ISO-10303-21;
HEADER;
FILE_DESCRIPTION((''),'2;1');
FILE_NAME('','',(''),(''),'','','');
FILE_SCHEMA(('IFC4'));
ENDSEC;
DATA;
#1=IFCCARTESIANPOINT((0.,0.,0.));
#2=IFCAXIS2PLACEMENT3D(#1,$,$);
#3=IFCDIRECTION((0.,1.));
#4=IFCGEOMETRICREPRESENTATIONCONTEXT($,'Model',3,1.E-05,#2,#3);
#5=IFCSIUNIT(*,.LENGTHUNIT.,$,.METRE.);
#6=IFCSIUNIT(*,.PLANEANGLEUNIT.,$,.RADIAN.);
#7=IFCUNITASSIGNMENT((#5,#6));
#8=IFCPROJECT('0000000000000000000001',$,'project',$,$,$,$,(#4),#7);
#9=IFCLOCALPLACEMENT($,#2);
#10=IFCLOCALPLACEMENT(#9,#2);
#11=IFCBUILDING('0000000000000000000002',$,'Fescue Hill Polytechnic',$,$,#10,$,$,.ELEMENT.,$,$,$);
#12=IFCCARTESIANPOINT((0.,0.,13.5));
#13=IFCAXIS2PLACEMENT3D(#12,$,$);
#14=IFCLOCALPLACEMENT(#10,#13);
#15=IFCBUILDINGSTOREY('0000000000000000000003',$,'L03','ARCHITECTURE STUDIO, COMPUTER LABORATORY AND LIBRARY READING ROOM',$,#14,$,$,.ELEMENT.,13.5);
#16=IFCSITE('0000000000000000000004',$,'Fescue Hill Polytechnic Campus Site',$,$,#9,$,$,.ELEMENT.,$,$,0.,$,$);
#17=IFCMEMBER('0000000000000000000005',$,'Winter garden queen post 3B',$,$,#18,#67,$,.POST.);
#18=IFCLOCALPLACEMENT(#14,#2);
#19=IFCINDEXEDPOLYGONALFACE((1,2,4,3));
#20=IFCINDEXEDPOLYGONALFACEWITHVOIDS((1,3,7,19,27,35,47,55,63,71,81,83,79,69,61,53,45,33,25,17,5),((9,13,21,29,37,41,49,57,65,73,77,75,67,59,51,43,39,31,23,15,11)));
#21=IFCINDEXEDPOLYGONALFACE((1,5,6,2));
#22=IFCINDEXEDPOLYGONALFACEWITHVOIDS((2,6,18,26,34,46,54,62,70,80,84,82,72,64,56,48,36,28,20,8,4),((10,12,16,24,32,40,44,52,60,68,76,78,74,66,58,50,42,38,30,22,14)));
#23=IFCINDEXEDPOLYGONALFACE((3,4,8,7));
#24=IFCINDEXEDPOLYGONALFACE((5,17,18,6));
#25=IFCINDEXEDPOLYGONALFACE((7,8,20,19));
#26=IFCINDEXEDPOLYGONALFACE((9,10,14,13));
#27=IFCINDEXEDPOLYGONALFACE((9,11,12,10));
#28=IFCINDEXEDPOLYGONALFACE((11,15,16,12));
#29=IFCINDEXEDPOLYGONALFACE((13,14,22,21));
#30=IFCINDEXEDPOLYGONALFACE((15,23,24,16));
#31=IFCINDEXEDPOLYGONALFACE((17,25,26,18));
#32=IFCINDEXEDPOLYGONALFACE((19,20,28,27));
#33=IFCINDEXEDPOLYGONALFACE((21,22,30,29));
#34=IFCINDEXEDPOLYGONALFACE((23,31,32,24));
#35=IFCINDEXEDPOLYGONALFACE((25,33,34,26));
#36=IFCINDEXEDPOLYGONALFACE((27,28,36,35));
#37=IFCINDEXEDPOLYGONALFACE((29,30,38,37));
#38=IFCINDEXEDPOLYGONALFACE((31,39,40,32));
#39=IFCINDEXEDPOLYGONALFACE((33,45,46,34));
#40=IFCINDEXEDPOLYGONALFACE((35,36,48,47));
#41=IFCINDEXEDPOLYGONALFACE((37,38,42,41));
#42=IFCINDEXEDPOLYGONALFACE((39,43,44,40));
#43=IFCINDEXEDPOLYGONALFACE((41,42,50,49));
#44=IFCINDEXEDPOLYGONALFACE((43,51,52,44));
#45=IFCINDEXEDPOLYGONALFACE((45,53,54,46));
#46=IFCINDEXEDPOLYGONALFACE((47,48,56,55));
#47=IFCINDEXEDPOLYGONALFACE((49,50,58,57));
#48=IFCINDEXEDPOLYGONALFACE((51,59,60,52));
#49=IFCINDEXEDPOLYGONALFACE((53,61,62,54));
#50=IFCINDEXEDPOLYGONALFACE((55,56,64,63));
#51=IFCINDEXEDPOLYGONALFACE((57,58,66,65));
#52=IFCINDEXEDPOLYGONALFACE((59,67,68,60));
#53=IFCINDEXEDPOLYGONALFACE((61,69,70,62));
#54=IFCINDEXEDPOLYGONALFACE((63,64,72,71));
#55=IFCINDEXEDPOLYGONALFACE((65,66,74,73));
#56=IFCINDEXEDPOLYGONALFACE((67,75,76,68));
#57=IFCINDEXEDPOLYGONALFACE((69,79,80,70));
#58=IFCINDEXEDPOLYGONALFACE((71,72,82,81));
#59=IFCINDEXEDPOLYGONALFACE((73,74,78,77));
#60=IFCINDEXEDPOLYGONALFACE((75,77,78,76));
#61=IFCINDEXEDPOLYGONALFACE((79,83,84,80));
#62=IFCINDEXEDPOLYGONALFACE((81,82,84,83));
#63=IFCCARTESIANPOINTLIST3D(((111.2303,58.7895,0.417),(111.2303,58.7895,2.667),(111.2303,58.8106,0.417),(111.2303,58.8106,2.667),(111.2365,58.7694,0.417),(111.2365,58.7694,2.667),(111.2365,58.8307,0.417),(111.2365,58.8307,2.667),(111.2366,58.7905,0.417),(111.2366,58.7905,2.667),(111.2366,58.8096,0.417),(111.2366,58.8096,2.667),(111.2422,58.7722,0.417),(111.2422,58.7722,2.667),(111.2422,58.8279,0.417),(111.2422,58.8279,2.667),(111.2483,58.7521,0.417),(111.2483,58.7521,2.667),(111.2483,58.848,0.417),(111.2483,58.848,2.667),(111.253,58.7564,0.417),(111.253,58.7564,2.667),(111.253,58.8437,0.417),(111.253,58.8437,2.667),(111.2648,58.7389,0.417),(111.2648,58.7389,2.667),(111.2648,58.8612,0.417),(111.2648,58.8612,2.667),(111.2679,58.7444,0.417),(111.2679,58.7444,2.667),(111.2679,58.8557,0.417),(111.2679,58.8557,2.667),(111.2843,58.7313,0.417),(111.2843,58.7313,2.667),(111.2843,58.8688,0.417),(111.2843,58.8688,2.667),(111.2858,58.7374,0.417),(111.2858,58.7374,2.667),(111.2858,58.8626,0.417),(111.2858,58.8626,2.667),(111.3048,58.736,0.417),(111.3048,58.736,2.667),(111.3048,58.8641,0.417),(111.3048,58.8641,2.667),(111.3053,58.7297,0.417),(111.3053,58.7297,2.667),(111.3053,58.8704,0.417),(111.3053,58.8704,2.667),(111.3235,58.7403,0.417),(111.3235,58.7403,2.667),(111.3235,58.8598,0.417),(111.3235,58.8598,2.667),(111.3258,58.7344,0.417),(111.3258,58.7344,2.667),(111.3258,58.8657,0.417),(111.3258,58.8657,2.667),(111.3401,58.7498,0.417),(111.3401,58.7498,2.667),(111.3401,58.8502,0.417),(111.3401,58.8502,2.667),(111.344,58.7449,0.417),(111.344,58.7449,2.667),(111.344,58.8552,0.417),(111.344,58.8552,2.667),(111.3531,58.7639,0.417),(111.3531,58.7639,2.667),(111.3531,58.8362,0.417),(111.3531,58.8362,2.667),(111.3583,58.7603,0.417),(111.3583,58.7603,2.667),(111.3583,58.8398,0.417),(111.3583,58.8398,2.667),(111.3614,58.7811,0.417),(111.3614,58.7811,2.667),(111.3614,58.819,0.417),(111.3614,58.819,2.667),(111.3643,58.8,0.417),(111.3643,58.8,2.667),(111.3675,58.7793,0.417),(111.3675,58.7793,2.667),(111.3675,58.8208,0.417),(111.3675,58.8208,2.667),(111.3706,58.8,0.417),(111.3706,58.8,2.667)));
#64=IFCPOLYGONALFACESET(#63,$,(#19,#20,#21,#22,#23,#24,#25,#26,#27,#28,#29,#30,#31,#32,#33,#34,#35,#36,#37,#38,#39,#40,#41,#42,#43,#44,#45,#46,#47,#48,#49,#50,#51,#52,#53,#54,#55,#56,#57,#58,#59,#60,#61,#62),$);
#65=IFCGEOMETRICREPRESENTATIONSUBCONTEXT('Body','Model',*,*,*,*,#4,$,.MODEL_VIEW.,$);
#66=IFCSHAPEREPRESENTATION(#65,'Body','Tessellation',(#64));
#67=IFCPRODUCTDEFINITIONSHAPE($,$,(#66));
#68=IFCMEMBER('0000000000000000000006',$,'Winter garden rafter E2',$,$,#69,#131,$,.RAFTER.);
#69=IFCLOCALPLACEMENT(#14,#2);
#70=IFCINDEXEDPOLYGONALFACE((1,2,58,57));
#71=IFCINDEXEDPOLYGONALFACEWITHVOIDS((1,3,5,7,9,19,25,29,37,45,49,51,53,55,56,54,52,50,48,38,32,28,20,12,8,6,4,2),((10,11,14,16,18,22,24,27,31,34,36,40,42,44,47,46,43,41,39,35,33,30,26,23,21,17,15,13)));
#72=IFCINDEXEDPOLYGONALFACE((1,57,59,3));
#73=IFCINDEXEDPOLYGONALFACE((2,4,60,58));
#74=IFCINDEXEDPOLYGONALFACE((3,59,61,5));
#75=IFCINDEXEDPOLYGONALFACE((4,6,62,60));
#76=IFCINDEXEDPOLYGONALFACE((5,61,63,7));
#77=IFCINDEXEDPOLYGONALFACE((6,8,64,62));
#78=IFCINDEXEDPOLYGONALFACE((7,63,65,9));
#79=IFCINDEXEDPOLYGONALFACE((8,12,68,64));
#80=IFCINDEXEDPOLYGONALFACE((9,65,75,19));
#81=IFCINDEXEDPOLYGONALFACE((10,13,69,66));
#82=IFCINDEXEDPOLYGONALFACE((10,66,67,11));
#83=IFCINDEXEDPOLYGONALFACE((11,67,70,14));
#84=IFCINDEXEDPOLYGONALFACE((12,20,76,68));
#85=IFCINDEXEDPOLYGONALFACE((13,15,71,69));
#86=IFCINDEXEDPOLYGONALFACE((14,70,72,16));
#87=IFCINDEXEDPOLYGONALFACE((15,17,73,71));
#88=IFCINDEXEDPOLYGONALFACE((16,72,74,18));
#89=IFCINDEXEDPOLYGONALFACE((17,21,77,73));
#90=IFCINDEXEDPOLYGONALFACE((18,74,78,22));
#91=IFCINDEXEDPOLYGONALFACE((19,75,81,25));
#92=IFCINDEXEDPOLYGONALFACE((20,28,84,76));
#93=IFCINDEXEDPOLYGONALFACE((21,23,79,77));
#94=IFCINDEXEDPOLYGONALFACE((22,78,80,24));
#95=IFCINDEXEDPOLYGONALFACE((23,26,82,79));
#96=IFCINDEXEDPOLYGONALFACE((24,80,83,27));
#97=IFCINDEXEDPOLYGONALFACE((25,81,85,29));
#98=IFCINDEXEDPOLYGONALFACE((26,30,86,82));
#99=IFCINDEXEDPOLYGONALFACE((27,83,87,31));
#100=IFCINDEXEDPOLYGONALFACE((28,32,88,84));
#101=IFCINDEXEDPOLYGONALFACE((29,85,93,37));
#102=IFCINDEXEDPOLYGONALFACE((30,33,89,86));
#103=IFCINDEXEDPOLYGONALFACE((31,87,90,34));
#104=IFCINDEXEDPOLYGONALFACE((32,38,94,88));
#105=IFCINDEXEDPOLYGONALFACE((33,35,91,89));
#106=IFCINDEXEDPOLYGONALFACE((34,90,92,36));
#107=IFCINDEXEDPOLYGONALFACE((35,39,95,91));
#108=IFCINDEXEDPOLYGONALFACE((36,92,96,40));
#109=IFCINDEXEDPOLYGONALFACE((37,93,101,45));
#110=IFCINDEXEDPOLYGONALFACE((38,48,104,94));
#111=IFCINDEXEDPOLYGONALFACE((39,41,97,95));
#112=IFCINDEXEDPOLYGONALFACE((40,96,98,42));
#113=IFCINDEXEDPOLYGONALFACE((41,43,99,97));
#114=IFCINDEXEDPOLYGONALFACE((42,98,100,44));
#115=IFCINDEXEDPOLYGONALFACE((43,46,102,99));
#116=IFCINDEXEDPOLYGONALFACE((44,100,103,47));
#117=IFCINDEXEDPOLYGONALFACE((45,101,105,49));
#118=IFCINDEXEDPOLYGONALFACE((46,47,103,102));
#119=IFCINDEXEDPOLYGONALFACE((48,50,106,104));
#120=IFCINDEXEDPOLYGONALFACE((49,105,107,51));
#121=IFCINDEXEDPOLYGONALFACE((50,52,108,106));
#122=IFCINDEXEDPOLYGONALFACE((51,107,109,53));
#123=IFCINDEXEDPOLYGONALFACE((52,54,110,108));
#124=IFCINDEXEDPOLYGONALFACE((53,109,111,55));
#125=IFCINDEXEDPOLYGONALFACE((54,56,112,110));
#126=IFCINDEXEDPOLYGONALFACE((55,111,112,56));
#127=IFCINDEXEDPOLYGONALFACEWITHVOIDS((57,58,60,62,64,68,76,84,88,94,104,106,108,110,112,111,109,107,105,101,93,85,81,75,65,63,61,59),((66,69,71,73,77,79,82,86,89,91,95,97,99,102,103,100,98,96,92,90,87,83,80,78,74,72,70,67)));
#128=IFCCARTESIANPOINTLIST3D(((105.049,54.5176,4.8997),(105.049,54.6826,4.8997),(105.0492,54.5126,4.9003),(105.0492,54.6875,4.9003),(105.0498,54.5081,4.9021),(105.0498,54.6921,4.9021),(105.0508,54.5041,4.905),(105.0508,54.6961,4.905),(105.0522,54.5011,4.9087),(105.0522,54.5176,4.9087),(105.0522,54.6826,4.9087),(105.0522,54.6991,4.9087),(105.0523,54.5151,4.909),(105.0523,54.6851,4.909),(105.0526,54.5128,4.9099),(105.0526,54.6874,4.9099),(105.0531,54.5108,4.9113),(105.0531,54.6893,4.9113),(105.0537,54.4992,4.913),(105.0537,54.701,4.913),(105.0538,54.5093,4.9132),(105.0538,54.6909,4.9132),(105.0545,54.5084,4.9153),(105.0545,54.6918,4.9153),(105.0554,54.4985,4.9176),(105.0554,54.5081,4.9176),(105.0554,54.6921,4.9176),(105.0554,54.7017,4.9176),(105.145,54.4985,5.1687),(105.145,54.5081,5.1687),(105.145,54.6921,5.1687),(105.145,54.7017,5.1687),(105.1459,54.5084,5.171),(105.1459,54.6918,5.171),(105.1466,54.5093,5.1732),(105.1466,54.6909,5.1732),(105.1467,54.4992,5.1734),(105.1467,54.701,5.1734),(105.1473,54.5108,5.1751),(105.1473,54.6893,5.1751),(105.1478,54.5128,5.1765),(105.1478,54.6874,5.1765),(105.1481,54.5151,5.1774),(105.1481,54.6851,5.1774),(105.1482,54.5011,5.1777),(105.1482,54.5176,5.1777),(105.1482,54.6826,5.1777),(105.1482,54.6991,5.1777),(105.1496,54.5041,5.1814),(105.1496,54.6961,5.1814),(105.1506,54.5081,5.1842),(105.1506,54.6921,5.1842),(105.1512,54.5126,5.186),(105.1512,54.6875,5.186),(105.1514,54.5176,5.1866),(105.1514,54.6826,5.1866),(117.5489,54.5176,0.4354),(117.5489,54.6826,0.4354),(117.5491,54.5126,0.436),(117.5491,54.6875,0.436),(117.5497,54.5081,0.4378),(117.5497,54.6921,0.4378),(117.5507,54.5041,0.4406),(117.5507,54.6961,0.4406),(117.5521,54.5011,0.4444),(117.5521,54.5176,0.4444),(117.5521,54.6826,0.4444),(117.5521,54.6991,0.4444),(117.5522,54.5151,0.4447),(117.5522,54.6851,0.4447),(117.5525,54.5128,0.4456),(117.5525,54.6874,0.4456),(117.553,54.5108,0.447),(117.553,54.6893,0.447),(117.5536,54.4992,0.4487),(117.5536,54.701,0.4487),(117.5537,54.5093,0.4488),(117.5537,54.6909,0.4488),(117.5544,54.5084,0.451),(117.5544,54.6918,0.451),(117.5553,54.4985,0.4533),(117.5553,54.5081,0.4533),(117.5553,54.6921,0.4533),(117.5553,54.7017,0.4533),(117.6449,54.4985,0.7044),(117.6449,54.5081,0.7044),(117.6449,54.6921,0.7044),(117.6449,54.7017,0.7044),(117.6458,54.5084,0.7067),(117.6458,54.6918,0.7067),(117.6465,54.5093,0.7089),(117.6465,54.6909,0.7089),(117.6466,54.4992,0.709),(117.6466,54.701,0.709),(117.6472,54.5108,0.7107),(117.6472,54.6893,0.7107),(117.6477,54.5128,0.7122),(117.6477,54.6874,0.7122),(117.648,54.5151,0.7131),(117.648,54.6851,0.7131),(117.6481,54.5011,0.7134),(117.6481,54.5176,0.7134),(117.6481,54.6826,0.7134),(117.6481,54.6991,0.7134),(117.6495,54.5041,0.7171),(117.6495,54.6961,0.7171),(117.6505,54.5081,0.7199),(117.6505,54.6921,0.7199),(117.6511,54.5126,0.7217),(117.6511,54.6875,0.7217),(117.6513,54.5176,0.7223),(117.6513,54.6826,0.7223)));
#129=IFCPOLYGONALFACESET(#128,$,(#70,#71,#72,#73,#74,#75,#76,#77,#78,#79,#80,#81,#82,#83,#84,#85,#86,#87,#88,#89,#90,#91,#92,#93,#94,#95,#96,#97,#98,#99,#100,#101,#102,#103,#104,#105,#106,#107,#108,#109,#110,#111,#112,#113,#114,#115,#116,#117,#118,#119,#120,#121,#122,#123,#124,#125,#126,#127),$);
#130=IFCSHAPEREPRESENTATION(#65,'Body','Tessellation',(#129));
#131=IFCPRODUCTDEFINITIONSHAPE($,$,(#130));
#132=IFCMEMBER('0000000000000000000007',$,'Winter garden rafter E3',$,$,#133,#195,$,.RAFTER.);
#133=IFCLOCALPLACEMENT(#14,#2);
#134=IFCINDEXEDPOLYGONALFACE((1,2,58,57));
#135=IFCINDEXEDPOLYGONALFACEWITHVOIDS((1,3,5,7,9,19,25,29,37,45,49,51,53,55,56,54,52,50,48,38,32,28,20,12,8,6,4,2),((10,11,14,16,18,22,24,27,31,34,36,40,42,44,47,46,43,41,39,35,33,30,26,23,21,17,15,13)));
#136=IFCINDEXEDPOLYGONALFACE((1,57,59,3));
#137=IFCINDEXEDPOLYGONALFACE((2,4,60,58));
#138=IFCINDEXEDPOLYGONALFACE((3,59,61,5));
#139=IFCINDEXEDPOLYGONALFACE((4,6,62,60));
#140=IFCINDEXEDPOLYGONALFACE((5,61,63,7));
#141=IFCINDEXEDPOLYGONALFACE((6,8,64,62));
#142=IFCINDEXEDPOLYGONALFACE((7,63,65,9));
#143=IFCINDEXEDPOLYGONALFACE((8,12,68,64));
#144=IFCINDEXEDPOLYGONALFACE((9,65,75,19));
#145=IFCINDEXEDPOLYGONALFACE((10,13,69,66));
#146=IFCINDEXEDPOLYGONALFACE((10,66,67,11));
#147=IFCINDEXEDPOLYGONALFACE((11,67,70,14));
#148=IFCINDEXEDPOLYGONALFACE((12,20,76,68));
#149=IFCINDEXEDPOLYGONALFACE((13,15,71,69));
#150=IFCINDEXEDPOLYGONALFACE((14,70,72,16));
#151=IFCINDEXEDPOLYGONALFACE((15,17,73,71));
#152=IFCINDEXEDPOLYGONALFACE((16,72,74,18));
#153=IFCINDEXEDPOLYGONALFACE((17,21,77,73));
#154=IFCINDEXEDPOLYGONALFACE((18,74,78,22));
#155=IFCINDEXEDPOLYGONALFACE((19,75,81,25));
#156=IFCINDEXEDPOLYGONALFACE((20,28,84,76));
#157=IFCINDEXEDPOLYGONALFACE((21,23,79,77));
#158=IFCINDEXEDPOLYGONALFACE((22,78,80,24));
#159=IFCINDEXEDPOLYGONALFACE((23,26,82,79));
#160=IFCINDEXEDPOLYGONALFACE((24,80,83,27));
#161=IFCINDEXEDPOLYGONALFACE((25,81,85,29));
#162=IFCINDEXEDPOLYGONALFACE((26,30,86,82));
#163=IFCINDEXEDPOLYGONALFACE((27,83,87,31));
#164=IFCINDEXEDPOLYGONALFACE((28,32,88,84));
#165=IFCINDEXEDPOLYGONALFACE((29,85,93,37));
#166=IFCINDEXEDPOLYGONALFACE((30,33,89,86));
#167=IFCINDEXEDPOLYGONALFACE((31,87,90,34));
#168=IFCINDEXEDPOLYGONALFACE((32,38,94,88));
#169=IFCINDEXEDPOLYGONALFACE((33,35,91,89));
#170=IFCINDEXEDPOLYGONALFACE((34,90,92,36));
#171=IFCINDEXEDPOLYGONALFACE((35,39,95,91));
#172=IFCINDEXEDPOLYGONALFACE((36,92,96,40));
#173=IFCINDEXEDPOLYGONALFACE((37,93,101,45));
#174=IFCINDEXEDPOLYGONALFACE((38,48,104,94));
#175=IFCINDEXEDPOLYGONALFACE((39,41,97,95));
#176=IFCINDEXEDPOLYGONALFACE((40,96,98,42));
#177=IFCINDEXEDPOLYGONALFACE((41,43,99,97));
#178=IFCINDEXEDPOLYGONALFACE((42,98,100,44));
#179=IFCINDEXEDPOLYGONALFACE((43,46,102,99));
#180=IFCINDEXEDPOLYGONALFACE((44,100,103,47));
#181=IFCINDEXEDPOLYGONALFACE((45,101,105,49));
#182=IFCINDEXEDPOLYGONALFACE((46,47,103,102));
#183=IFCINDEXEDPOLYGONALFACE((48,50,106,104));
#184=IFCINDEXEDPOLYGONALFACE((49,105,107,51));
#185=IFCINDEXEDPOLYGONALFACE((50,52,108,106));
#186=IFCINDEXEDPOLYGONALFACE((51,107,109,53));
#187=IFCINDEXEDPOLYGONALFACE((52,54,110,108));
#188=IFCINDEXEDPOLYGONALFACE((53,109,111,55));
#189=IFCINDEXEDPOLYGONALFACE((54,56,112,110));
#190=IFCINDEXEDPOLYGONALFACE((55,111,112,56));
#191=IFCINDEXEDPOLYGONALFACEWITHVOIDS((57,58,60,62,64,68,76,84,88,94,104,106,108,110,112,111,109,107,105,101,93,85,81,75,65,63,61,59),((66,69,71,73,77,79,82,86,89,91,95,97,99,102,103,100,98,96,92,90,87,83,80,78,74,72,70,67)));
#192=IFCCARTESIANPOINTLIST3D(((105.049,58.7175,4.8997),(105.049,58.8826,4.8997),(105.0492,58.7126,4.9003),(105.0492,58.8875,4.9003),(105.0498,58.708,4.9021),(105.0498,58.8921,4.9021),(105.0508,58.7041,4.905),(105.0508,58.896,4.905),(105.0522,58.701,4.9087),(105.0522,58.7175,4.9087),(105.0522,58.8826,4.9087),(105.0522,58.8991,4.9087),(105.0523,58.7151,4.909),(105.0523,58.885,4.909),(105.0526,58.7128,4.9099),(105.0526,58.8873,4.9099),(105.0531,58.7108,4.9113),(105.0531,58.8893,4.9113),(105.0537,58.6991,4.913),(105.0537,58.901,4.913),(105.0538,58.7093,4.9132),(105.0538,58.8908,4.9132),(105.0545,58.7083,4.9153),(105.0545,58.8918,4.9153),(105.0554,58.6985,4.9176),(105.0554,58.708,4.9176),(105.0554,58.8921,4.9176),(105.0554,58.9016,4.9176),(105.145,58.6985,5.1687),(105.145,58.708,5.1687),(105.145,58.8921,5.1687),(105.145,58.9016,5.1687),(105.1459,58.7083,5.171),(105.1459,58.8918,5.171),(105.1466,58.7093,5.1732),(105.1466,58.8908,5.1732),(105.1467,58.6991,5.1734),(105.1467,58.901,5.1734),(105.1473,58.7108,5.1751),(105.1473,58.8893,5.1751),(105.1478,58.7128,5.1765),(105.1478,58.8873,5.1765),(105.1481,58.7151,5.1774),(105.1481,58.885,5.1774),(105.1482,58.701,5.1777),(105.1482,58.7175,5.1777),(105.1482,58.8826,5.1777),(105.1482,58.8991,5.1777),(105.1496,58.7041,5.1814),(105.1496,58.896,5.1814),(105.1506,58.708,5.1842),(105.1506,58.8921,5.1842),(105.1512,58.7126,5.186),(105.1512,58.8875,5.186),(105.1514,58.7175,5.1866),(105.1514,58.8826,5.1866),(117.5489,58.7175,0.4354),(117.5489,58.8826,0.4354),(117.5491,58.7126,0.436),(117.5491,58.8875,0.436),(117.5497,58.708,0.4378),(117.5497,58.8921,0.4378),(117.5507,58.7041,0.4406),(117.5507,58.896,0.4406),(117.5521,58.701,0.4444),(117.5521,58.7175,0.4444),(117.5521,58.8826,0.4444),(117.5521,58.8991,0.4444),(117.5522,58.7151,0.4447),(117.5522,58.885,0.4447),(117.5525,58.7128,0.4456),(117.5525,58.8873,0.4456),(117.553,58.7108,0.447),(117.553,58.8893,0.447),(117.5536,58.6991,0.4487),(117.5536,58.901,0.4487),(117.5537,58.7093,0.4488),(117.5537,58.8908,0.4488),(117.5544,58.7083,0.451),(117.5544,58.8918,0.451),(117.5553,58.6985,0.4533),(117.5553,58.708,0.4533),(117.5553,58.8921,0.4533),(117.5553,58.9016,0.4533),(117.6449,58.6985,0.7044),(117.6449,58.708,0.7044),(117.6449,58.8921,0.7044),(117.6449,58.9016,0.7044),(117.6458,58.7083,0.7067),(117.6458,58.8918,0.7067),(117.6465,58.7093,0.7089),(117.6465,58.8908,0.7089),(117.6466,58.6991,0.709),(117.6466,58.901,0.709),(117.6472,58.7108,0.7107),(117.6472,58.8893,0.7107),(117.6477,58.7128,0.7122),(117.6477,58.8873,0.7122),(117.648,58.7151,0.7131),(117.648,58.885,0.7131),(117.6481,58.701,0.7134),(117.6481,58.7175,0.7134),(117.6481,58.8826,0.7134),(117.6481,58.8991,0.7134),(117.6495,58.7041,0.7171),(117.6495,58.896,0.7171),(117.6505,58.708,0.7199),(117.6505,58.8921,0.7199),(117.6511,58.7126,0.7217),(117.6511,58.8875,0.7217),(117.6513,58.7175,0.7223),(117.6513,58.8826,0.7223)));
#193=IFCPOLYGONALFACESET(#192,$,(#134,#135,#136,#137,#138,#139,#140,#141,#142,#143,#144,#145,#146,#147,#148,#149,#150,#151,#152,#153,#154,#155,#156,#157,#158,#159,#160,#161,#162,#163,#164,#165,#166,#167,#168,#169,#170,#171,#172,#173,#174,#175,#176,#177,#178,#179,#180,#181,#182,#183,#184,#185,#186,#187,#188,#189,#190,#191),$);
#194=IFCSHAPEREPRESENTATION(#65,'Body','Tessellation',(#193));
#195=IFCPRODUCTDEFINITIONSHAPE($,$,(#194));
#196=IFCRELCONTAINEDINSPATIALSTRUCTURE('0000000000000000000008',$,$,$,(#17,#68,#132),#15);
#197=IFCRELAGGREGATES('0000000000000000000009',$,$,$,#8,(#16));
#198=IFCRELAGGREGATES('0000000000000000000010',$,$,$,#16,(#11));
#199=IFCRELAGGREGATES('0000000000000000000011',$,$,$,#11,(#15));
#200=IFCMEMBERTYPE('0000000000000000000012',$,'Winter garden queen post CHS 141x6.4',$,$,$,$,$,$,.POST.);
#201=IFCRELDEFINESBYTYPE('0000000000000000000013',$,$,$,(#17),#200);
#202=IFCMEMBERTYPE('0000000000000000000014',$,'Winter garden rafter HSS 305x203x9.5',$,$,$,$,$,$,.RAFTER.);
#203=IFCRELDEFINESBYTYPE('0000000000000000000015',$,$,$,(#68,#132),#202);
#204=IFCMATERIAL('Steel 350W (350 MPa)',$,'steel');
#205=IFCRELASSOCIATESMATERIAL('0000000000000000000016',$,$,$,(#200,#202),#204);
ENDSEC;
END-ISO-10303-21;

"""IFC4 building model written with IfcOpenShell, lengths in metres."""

from ifc_helpers import new_model, si_unit, direction, frame, origin, origin_2d, place, context, subcontext, project, spatial, hollow_rectangle, hollow_circle, extrude, material, material_profile, profile_set, type_object, element, save


model = new_model("IFC4")

# Units and contexts
model_context = context("Model", 3, precision=1e-05, world=origin(), true_north=direction((0.0, 1.0)))
body_context = subcontext(model_context, "Body", "Model", "MODEL_VIEW")
ifc_project = project(units=[si_unit("LENGTHUNIT", "METRE"), si_unit("PLANEANGLEUNIT", "RADIAN")], contexts=[model_context])

# Site, building, storey
site_placement = place(None, origin())
site = spatial("IfcSite", under=ifc_project, at=site_placement, Name="Fescue Hill Polytechnic Campus Site", CompositionType="ELEMENT", RefElevation=0.0)
building_placement = place(site_placement, origin())
building = spatial("IfcBuilding", under=site, at=building_placement, Name="Fescue Hill Polytechnic", CompositionType="ELEMENT")
storey_placement = place(building_placement, frame((0.0, 0.0, 13.5)))
storey = spatial("IfcBuildingStorey", under=building, at=storey_placement, Name="L03", Description="ARCHITECTURE STUDIO, COMPUTER LABORATORY AND LIBRARY READING ROOM", CompositionType="ELEMENT", Elevation=13.5)

# Shared definitions
ifc_material_1 = material(Name="Steel 350W (350 MPa)", Category="steel")

# Members
ifc_material_profile_1 = material_profile(ifc_material_1, hollow_circle(Radius=0.0706, WallThickness=0.0063, at=origin_2d()), Name="Winter garden queen post CHS 141x6.4")
ifc_profile_set_1 = profile_set([ifc_material_profile_1], Name="Steel 350W (350 MPa)")
member_type_1 = type_object("IfcMemberType", Name="Winter garden queen post CHS 141x6.4", PredefinedType="POST", material=ifc_profile_set_1)
for number, where, z_axis, x_axis, name in (
    (1, (111.3, 58.8, 0.417), (0.0, 0.0, 1.0), (1.0, 0.0, 0.0), "Winter garden queen post 3B"),
):
    element("IfcMember", number, at=place(storey_placement, frame(where, z_axis=z_axis, x_axis=x_axis)), inside=storey, type_object=member_type_1, Name=name, PredefinedType="POST", context=body_context, shape_type="SweptSolid", body=[
        extrude(hollow_circle(Radius=0.0706, WallThickness=0.0063, at=origin_2d()), origin(), (0.0, 0.0, 1.0), 2.25),
    ])
ifc_material_profile_2 = material_profile(ifc_material_1, hollow_rectangle(XDim=0.2031, YDim=0.3047, WallThickness=0.0095, InnerFilletRadius=0.0095, OuterFilletRadius=0.019, at=origin_2d()), Name="Winter garden rafter HSS 305x203x9.5")
ifc_profile_set_2 = profile_set([ifc_material_profile_2], Name="Steel 350W (350 MPa)")
member_type_2 = type_object("IfcMemberType", Name="Winter garden rafter HSS 305x203x9.5", PredefinedType="RAFTER", material=ifc_profile_set_2)
for number, where, z_axis, x_axis, name in (
    (2, (117.6001, 54.6001, 0.5789), (-0.94174, 0.0, 0.336341), (0.0, -1.0, 0.0), "Winter garden rafter E2"),
    (3, (117.6001, 58.8, 0.5789), (-0.94174, 0.0, 0.336341), (0.0, -1.0, 0.0), "Winter garden rafter E3"),
):
    element("IfcMember", number, at=place(storey_placement, frame(where, z_axis=z_axis, x_axis=x_axis)), inside=storey, type_object=member_type_2, Name=name, PredefinedType="RAFTER", context=body_context, shape_type="SweptSolid", body=[
        extrude(hollow_rectangle(XDim=0.2031, YDim=0.3047, WallThickness=0.0095, InnerFilletRadius=0.0095, OuterFilletRadius=0.019, at=origin_2d()), origin(), (0.0, 0.0, 1.0), 13.2732),
    ])

save(model, "model.ifc")
